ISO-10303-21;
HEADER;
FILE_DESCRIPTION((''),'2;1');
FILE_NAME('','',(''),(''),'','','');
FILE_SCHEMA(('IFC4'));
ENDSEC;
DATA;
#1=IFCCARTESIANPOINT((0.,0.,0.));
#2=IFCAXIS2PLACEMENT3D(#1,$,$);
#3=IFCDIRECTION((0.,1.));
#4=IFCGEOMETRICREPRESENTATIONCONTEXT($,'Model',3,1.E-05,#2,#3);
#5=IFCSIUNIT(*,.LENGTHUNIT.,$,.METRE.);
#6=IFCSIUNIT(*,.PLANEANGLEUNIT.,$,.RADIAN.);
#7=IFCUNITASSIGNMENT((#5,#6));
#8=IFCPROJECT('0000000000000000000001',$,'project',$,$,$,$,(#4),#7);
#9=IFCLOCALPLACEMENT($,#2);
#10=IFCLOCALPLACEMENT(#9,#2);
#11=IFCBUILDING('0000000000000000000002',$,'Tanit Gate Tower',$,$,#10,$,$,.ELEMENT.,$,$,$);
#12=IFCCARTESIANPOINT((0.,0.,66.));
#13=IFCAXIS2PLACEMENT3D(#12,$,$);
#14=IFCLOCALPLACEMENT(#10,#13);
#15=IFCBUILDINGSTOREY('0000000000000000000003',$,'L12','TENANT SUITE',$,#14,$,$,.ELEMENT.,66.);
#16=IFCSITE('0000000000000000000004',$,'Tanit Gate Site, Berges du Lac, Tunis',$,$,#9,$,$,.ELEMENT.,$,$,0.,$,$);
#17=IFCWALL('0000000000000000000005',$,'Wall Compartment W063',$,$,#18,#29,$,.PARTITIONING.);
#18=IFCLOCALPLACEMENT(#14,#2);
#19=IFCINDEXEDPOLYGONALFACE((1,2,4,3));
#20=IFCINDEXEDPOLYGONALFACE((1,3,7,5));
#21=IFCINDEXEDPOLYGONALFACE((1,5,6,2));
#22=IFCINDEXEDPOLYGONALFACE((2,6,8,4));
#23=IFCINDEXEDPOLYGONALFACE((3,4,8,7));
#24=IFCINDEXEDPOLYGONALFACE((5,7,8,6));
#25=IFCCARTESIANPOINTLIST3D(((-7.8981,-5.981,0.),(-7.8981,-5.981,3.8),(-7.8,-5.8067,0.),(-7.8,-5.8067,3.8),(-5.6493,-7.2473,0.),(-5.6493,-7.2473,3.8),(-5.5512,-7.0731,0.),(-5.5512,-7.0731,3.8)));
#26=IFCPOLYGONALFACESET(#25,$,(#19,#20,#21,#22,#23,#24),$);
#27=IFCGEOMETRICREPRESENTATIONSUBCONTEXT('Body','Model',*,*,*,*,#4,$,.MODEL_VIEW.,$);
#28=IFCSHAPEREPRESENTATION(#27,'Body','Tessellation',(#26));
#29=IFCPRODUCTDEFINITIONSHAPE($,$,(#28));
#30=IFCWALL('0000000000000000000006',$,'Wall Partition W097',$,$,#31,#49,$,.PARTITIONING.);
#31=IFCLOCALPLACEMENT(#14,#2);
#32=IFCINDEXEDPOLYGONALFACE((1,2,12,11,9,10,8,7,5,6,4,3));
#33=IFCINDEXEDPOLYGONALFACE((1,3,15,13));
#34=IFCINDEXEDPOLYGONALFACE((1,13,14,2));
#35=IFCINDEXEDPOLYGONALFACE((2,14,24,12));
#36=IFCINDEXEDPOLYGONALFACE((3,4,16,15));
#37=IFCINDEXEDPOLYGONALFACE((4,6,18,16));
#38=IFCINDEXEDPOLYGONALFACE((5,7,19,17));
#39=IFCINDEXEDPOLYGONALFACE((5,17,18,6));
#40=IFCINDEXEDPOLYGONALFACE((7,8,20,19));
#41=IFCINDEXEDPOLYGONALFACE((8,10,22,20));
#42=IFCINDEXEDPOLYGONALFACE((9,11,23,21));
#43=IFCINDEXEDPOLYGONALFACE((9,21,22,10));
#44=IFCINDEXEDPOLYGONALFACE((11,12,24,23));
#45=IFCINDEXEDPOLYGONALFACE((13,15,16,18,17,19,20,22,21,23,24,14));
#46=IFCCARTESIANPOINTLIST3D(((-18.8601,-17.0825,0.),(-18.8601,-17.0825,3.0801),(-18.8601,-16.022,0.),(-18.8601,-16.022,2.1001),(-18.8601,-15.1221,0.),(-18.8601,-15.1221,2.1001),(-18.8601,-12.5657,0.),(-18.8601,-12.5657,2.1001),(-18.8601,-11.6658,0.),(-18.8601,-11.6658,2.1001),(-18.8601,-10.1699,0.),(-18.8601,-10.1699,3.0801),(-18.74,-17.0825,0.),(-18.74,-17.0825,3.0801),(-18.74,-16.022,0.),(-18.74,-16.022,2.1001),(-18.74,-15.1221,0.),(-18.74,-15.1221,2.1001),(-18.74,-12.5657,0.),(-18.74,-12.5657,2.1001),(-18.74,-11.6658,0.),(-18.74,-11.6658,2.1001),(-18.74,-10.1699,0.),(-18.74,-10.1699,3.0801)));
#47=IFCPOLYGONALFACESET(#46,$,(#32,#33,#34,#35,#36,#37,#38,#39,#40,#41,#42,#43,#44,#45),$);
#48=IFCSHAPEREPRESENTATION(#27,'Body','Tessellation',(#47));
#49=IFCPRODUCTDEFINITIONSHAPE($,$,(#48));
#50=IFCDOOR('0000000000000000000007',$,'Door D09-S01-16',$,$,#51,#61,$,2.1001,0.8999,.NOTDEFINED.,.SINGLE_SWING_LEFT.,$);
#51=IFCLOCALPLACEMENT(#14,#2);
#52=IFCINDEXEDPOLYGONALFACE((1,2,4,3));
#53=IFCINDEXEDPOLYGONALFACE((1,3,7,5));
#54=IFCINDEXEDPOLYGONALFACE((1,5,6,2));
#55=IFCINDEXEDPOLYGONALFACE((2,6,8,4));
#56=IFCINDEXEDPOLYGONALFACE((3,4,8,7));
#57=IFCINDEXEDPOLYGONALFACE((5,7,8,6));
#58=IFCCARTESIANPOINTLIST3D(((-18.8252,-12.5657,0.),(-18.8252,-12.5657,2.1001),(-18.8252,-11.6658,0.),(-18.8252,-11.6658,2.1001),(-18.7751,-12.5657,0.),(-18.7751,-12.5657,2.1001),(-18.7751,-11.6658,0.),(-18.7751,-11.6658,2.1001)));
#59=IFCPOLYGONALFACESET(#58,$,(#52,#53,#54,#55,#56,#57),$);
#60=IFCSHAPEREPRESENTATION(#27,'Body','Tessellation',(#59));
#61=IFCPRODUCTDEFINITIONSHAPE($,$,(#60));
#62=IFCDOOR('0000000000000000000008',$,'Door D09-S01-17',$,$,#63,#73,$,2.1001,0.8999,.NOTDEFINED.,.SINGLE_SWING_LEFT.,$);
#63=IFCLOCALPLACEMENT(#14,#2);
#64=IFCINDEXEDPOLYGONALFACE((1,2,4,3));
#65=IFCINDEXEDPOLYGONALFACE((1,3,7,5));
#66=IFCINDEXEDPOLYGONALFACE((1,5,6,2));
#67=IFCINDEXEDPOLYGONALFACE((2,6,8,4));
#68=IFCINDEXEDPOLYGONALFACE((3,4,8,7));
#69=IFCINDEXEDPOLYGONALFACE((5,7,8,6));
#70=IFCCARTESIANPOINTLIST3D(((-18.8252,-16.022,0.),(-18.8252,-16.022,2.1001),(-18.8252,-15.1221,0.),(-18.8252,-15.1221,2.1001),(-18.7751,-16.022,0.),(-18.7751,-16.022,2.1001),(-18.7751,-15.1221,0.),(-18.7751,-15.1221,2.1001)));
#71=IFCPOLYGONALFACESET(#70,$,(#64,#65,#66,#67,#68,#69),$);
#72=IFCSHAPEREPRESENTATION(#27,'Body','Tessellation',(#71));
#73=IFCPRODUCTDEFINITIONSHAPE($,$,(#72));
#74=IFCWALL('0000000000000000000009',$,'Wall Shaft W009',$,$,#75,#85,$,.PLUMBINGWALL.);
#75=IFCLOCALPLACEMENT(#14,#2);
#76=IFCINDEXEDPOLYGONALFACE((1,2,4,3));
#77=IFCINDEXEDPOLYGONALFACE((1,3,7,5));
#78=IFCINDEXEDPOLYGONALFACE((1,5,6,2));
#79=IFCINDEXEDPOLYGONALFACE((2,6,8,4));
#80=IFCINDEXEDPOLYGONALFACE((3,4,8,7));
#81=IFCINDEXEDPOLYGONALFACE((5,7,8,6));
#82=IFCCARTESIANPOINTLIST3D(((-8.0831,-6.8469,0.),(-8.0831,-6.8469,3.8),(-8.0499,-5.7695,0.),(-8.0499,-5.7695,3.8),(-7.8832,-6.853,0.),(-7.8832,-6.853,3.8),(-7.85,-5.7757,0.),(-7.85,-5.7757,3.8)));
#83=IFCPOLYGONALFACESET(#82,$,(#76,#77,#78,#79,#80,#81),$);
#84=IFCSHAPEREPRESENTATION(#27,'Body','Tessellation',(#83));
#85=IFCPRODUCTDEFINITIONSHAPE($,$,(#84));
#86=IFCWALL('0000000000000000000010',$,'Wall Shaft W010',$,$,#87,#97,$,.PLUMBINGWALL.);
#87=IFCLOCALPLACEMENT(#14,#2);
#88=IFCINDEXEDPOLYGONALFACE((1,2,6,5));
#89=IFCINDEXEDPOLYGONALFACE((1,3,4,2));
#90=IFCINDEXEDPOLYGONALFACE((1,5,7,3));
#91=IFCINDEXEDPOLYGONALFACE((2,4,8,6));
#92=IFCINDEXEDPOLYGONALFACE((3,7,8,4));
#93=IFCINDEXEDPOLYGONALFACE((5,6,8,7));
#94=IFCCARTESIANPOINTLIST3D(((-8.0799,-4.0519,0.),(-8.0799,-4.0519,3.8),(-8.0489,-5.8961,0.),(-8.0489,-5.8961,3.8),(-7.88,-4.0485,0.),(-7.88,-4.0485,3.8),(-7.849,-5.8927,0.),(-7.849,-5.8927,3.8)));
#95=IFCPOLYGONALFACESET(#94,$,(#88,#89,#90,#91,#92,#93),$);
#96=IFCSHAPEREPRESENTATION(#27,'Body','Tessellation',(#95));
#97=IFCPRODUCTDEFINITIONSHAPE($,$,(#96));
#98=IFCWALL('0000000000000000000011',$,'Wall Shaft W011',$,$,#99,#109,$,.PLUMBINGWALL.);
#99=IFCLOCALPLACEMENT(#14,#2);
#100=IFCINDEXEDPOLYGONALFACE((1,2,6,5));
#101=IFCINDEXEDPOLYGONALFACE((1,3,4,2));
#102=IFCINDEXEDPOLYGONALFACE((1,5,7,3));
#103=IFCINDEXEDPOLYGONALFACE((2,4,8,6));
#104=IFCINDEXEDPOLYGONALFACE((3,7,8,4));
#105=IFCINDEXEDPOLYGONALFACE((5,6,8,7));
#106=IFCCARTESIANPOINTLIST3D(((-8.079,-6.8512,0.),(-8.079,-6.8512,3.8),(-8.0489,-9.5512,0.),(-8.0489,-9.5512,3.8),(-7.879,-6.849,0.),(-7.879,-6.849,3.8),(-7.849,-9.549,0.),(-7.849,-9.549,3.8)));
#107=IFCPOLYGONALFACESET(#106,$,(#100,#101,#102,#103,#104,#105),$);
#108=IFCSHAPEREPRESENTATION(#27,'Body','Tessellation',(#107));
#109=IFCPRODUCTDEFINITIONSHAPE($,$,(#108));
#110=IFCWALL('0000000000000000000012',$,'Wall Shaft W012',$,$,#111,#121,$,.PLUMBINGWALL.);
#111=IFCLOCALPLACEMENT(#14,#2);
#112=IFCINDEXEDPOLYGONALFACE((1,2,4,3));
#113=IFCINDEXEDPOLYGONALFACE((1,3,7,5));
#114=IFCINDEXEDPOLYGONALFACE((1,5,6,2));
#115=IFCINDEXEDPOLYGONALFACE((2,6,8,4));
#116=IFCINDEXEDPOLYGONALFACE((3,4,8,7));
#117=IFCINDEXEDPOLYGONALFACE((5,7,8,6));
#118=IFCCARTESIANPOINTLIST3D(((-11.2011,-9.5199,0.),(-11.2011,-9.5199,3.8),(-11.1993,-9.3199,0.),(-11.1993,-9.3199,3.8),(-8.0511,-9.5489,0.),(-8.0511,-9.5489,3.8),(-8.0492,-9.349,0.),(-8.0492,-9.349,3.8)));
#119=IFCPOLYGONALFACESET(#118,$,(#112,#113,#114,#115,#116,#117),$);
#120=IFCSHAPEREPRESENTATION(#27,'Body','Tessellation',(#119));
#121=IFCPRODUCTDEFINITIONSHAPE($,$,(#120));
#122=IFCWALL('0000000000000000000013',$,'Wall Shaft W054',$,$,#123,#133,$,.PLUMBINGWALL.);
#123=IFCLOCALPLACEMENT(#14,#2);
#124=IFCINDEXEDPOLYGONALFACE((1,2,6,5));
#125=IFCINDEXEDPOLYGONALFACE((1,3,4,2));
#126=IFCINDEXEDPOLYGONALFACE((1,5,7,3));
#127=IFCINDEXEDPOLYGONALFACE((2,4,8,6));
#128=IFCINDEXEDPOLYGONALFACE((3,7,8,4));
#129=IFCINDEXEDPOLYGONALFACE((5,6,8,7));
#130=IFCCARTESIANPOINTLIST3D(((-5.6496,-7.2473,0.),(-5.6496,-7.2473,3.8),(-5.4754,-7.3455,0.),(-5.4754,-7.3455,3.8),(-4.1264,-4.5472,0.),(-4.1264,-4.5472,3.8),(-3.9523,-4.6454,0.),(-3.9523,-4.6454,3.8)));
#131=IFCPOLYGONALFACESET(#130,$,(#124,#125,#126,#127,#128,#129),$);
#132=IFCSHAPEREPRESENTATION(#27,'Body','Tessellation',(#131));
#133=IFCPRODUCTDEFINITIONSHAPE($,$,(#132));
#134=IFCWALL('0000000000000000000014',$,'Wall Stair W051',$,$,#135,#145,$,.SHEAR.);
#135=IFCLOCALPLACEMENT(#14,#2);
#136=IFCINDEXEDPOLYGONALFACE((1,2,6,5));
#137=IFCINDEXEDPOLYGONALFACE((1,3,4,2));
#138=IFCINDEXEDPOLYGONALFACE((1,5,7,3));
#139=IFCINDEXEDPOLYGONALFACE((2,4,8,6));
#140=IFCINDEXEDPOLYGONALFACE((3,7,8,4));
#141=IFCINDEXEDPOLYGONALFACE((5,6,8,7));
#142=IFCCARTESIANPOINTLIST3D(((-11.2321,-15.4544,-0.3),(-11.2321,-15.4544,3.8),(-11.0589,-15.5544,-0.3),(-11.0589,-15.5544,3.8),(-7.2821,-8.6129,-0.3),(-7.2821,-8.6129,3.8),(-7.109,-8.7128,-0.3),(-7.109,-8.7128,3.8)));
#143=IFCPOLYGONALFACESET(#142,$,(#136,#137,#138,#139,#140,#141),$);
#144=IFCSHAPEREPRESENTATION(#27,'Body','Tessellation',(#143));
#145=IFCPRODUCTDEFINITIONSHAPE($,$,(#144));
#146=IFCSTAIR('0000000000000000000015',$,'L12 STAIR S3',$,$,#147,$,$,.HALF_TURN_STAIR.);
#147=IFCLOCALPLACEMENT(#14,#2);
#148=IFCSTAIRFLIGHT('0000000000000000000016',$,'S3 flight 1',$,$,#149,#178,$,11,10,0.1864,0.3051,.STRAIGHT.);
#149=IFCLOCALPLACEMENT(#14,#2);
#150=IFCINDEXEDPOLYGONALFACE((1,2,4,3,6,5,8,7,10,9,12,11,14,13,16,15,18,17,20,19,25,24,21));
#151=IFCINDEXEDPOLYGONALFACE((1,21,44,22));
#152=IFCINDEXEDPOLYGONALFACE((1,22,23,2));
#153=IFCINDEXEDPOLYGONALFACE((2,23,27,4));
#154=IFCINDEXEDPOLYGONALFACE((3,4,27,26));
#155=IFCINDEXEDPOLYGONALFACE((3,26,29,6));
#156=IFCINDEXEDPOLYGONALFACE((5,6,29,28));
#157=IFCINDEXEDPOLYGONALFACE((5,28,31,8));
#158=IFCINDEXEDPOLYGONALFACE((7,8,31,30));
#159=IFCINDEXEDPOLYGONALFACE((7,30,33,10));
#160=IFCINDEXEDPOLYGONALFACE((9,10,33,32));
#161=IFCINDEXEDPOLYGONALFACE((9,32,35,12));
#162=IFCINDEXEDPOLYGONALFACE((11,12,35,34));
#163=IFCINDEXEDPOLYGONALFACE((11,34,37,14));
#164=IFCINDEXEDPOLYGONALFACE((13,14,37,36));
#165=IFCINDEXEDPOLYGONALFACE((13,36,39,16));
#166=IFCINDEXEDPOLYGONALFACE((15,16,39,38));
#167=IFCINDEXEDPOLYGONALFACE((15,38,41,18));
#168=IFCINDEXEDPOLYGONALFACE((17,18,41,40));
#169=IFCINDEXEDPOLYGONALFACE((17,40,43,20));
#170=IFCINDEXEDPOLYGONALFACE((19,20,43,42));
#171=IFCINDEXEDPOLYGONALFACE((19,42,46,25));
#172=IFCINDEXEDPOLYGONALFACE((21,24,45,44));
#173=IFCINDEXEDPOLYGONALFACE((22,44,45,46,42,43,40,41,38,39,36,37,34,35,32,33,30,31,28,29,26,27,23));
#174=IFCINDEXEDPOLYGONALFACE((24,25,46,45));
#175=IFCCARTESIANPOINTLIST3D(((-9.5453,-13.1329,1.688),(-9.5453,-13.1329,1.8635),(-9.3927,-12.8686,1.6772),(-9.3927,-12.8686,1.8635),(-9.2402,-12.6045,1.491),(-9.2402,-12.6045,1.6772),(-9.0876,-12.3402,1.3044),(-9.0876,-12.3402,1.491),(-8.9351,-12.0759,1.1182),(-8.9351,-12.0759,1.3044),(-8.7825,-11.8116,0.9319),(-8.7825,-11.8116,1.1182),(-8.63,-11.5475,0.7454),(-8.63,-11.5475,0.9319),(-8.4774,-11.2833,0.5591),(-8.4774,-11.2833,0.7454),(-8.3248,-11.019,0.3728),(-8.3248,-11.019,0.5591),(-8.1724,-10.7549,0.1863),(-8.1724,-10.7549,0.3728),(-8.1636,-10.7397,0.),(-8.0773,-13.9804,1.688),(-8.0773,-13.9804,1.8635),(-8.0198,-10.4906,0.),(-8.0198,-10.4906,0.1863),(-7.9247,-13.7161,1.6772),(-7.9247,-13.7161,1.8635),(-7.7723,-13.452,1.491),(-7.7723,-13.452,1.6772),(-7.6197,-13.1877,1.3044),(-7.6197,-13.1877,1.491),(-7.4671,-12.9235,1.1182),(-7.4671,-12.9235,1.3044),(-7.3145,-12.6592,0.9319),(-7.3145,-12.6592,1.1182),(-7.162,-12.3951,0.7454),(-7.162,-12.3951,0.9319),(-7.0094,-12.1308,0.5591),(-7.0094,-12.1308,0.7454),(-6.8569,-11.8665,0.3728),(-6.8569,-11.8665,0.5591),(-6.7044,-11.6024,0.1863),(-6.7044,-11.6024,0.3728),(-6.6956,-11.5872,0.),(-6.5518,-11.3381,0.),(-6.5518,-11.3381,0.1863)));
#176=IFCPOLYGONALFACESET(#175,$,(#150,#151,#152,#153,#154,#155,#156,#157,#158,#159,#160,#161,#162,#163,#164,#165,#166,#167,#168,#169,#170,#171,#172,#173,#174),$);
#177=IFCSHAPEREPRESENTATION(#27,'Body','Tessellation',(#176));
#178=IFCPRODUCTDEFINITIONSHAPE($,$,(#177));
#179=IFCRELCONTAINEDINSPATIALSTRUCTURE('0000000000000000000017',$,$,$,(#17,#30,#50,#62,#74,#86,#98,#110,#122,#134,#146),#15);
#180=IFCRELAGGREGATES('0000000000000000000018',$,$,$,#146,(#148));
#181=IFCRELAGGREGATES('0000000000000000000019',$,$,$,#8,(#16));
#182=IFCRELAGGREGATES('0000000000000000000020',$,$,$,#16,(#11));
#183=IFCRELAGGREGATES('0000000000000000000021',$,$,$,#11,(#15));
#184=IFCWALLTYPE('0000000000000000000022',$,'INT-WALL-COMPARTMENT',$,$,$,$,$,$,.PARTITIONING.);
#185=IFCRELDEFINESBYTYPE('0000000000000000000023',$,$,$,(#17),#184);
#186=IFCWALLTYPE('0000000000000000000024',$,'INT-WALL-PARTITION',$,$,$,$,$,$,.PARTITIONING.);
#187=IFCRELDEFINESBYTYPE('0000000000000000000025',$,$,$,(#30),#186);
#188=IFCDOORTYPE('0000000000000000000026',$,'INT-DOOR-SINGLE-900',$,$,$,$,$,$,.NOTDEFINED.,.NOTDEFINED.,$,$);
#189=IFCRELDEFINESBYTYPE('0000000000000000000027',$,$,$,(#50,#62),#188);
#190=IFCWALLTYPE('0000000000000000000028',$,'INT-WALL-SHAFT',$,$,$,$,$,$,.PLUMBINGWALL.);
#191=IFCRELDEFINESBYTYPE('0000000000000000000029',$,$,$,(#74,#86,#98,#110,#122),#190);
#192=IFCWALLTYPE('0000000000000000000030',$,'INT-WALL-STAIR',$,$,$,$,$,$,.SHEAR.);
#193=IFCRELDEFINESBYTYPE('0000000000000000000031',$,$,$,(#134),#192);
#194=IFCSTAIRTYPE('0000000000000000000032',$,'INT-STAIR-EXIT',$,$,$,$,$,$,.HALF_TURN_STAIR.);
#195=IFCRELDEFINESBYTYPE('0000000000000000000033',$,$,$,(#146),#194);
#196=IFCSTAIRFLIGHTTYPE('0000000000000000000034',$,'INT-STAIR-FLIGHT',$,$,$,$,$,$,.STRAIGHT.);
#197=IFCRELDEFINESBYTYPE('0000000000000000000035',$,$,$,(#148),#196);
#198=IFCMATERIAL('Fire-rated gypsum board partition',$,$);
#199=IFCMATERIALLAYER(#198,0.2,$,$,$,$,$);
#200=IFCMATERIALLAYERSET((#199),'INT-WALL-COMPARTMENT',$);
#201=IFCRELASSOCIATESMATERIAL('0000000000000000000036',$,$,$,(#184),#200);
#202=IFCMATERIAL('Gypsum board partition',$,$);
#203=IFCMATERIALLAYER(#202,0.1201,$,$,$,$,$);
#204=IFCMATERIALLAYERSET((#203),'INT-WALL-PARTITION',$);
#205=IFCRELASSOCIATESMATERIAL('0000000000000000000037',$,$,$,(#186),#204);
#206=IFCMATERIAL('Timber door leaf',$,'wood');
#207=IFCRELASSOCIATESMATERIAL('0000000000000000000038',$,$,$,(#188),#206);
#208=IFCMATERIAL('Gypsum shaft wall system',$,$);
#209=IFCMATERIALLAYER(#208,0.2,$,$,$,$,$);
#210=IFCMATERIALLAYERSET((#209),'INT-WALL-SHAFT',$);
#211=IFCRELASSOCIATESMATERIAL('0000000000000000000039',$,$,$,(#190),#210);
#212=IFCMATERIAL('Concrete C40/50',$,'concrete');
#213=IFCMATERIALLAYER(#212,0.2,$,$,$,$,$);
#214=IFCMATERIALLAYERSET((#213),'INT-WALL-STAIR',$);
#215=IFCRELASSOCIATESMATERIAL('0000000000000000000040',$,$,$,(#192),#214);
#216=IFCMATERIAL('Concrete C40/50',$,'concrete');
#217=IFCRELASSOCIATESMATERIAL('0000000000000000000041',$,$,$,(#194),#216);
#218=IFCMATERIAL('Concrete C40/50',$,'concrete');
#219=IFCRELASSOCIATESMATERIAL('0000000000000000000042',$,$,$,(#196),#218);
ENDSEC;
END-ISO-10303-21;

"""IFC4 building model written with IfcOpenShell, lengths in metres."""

from ifc_helpers import new_model, si_unit, direction, frame, frame_2d, origin, place, context, subcontext, project, spatial, polyline, rectangle, outline, extrude, material, layer, layer_set, type_object, element, fill, aggregate, save


model = new_model("IFC4")

# Units and contexts
model_context = context("Model", 3, precision=1e-05, world=origin(), true_north=direction((0.0, 1.0)))
body_context = subcontext(model_context, "Body", "Model", "MODEL_VIEW")
ifc_project = project(units=[si_unit("LENGTHUNIT", "METRE"), si_unit("PLANEANGLEUNIT", "RADIAN")], contexts=[model_context])

# Site, building, storey
site_placement = place(None, origin())
site = spatial("IfcSite", under=ifc_project, at=site_placement, Name="Tanit Gate Site, Berges du Lac, Tunis", CompositionType="ELEMENT", RefElevation=0.0)
building_placement = place(site_placement, origin())
building = spatial("IfcBuilding", under=site, at=building_placement, Name="Tanit Gate Tower", CompositionType="ELEMENT")
storey_placement = place(building_placement, frame((0.0, 0.0, 66.0)))
storey = spatial("IfcBuildingStorey", under=building, at=storey_placement, Name="L12", Description="TENANT SUITE", CompositionType="ELEMENT", Elevation=66.0)

# Wall
ifc_material_1 = material(Name="Fire-rated gypsum board partition")
ifc_layer_1 = layer(ifc_material_1, 0.2)
ifc_layer_set_1 = layer_set([ifc_layer_1], Name="INT-WALL-COMPARTMENT")
wall_type_1 = type_object("IfcWallType", Name="INT-WALL-COMPARTMENT", PredefinedType="PARTITIONING", material=ifc_layer_set_1)
wall_1_placement = place(storey_placement, frame((-7.8491, -5.8938, 0.0), z_axis=(0.0, 0.0, 1.0), x_axis=(0.87134, -0.490679, 0.0)))
element("IfcWall", 1, at=wall_1_placement, inside=storey, type_object=wall_type_1, Name="Wall Compartment W063", PredefinedType="PARTITIONING", context=body_context, shape_type="SweptSolid", body=[
    extrude(rectangle(XDim=2.5808, YDim=0.2, at=frame_2d((1.2905, 0.0))), origin(), (0.0, 0.0, 1.0), 3.8),
])

# Wall, openings, doors
ifc_material_2 = material(Name="Gypsum board partition")
ifc_layer_2 = layer(ifc_material_2, 0.1201)
ifc_layer_set_2 = layer_set([ifc_layer_2], Name="INT-WALL-PARTITION")
wall_type_2 = type_object("IfcWallType", Name="INT-WALL-PARTITION", PredefinedType="PARTITIONING", material=ifc_layer_set_2)
wall_2_placement = place(storey_placement, frame((-18.8, -10.1699, 0.0), z_axis=(0.0, 0.0, 1.0), x_axis=(0.0, -1.0, 0.0)))
wall_2 = element("IfcWall", 2, at=wall_2_placement, inside=storey, type_object=wall_type_2, Name="Wall Partition W097", PredefinedType="PARTITIONING", context=body_context, shape_type="SweptSolid", body=[
    extrude(rectangle(XDim=6.9126, YDim=0.1201, at=frame_2d((3.4563, 0.0))), origin(), (0.0, 0.0, 1.0), 3.0801),
])
opening_1_placement = place(wall_2_placement, frame((1.4958, 0.0, 0.0)))
opening_1 = element("IfcOpeningElement", 3, at=opening_1_placement, cuts=wall_2, PredefinedType="OPENING", context=body_context, shape_type="SweptSolid", body=[
    extrude(rectangle(XDim=0.8999, YDim=2.1001, at=frame_2d((0.45, 1.05))), frame((0.0, 0.0701, 0.0), z_axis=(0.0, -1.0, 0.0), x_axis=(1.0, 0.0, 0.0)), (0.0, 0.0, 1.0), 0.1401),
])
opening_2_placement = place(wall_2_placement, frame((4.9521, 0.0, 0.0)))
opening_2 = element("IfcOpeningElement", 4, at=opening_2_placement, cuts=wall_2, PredefinedType="OPENING", context=body_context, shape_type="SweptSolid", body=[
    extrude(rectangle(XDim=0.8999, YDim=2.1001, at=frame_2d((0.45, 1.05))), frame((0.0, 0.0701, 0.0), z_axis=(0.0, -1.0, 0.0), x_axis=(1.0, 0.0, 0.0)), (0.0, 0.0, 1.0), 0.1401),
])
ifc_material_3 = material(Name="Timber door leaf", Category="wood")
door_type = type_object("IfcDoorType", Name="INT-DOOR-SINGLE-900", OperationType="NOTDEFINED", PredefinedType="NOTDEFINED", material=ifc_material_3)
door_1_placement = place(opening_1_placement, origin())
door_1 = element("IfcDoor", 5, at=door_1_placement, inside=storey, type_object=door_type, Name="Door D09-S01-16", OperationType="SINGLE_SWING_LEFT", OverallHeight=2.1001, OverallWidth=0.8999, PredefinedType="NOTDEFINED", context=body_context, shape_type="SweptSolid", body=[
    extrude(rectangle(XDim=0.8999, YDim=2.1001, at=frame_2d((0.45, 1.05))), frame((0.0, 0.0249, 0.0), z_axis=(0.0, -1.0, 0.0), x_axis=(1.0, 0.0, 0.0)), (0.0, 0.0, 1.0), 0.05),
])
fill(opening_1, door_1)
door_2_placement = place(opening_2_placement, origin())
door_2 = element("IfcDoor", 6, at=door_2_placement, inside=storey, type_object=door_type, Name="Door D09-S01-17", OperationType="SINGLE_SWING_LEFT", OverallHeight=2.1001, OverallWidth=0.8999, PredefinedType="NOTDEFINED", context=body_context, shape_type="SweptSolid", body=[
    extrude(rectangle(XDim=0.8999, YDim=2.1001, at=frame_2d((0.45, 1.05))), frame((0.0, 0.0249, 0.0), z_axis=(0.0, -1.0, 0.0), x_axis=(1.0, 0.0, 0.0)), (0.0, 0.0, 1.0), 0.05),
])
fill(opening_2, door_2)

# Walls
ifc_material_4 = material(Name="Gypsum shaft wall system")
ifc_layer_3 = layer(ifc_material_4, 0.2)
ifc_layer_set_3 = layer_set([ifc_layer_3], Name="INT-WALL-SHAFT")
wall_type_3 = type_object("IfcWallType", Name="INT-WALL-SHAFT", PredefinedType="PLUMBINGWALL", material=ifc_layer_set_3)
wall_3_placement = place(storey_placement, frame((-7.95, -5.7725, 0.0), z_axis=(0.0, 0.0, 1.0), x_axis=(-0.030803, -0.999525, 0.0)))
element("IfcWall", 7, at=wall_3_placement, inside=storey, type_object=wall_type_3, Name="Wall Shaft W009", PredefinedType="PLUMBINGWALL", context=body_context, shape_type="SweptSolid", body=[
    extrude(rectangle(XDim=1.0779, YDim=0.2, at=frame_2d((0.5391, 0.0))), origin(), (0.0, 0.0, 1.0), 3.8),
])
wall_4_placement = place(storey_placement, frame((-7.98, -4.05, 0.0), z_axis=(0.0, 0.0, 1.0), x_axis=(0.01681, -0.999859, 0.0)))
element("IfcWall", 8, at=wall_4_placement, inside=storey, type_object=wall_type_3, Name="Wall Shaft W010", PredefinedType="PLUMBINGWALL", context=body_context, shape_type="SweptSolid", body=[
    extrude(rectangle(XDim=1.8445, YDim=0.2, at=frame_2d((0.9224, 0.0))), origin(), (0.0, 0.0, 1.0), 3.8),
])
wall_5_placement = place(storey_placement, frame((-7.979, -6.8501, 0.0), z_axis=(0.0, 0.0, 1.0), x_axis=(0.011121, -0.999938, 0.0)))
element("IfcWall", 9, at=wall_5_placement, inside=storey, type_object=wall_type_3, Name="Wall Shaft W011", PredefinedType="PLUMBINGWALL", context=body_context, shape_type="SweptSolid", body=[
    extrude(rectangle(XDim=2.7002, YDim=0.2, at=frame_2d((1.3501, 0.0))), origin(), (0.0, 0.0, 1.0), 3.8),
])
wall_6_placement = place(storey_placement, frame((-8.05, -9.449, 0.0), z_axis=(0.0, 0.0, 1.0), x_axis=(-0.999957, 0.009223, 0.0)))
element("IfcWall", 10, at=wall_6_placement, inside=storey, type_object=wall_type_3, Name="Wall Shaft W012", PredefinedType="PLUMBINGWALL", context=body_context, shape_type="SweptSolid", body=[
    extrude(rectangle(XDim=3.1501, YDim=0.2, at=frame_2d((1.5752, 0.0))), origin(), (0.0, 0.0, 1.0), 3.8),
])
wall_7_placement = place(storey_placement, frame((-5.5625, -7.2964, 0.0), z_axis=(0.0, 0.0, 1.0), x_axis=(0.491323, 0.870978, 0.0)))
element("IfcWall", 11, at=wall_7_placement, inside=storey, type_object=wall_type_3, Name="Wall Shaft W054", PredefinedType="PLUMBINGWALL", context=body_context, shape_type="SweptSolid", body=[
    extrude(rectangle(XDim=3.1001, YDim=0.2, at=frame_2d((1.55, 0.0))), origin(), (0.0, 0.0, 1.0), 3.8),
])
ifc_material_5 = material(Name="Concrete C40/50", Category="concrete")
ifc_layer_4 = layer(ifc_material_5, 0.2)
ifc_layer_set_4 = layer_set([ifc_layer_4], Name="INT-WALL-STAIR")
wall_type_4 = type_object("IfcWallType", Name="INT-WALL-STAIR", PredefinedType="SHEAR", material=ifc_layer_set_4)
wall_8_placement = place(storey_placement, frame((-7.1956, -8.6628, -0.3), z_axis=(0.0, 0.0, 1.0), x_axis=(-0.499998, -0.866027, 0.0)))
element("IfcWall", 12, at=wall_8_placement, inside=storey, type_object=wall_type_4, Name="Wall Stair W051", PredefinedType="SHEAR", context=body_context, shape_type="SweptSolid", body=[
    extrude(rectangle(XDim=7.8999, YDim=0.2, at=frame_2d((3.95, 0.0))), origin(), (0.0, 0.0, 1.0), 4.1001),
])

# Stair, stair flight
ifc_material_6 = material(Name="Concrete C40/50", Category="concrete")
stair_type = type_object("IfcStairType", Name="INT-STAIR-EXIT", PredefinedType="HALF_TURN_STAIR", material=ifc_material_6)
stair_placement = place(storey_placement, origin())
stair = element("IfcStair", 13, at=stair_placement, inside=storey, type_object=stair_type, Name="L12 STAIR S3", PredefinedType="HALF_TURN_STAIR")
ifc_material_7 = material(Name="Concrete C40/50", Category="concrete")
stair_flight_type = type_object("IfcStairFlightType", Name="INT-STAIR-FLIGHT", PredefinedType="STRAIGHT", material=ifc_material_7)
stair_flight_placement = place(storey_placement, frame((-7.2859, -10.9143, 0.0), z_axis=(0.0, 0.0, 1.0), x_axis=(-0.5, -0.866025, 0.0)))
stair_flight = element("IfcStairFlight", 14, at=stair_flight_placement, type_object=stair_flight_type, Name="S3 flight 1", NumberOfRisers=11, NumberOfTreads=10, PredefinedType="STRAIGHT", RiserHeight=0.1864, TreadLength=0.3051, context=body_context, shape_type="SweptSolid", body=[
    extrude(outline(polyline([(0.0, 0.0), (0.0, 0.1863), (0.3052, 0.1863), (0.3052, 0.3728), (0.6101, 0.3728), (0.6101, 0.5591), (0.9153, 0.5591), (0.9153, 0.7454), (1.2205, 0.7454), (1.2205, 0.9319), (1.5254, 0.9319), (1.5254, 1.1182), (1.8306, 1.1182), (1.8306, 1.3044), (2.1357, 1.3044), (2.1357, 1.491), (2.4409, 1.491), (2.4409, 1.6772), (2.7458, 1.6772), (2.7458, 1.8635), (3.051, 1.8635), (3.051, 2.05), (3.051, 1.688), (0.2876, 0.0), (0.0, 0.0)])), frame((0.0, 0.8477, 0.0), z_axis=(0.0, -1.0, 0.0), x_axis=(1.0, 0.0, 0.0)), (0.0, 0.0, 1.0), 1.6951),
])
aggregate(stair, [stair_flight])

save(model, "model.ifc")
